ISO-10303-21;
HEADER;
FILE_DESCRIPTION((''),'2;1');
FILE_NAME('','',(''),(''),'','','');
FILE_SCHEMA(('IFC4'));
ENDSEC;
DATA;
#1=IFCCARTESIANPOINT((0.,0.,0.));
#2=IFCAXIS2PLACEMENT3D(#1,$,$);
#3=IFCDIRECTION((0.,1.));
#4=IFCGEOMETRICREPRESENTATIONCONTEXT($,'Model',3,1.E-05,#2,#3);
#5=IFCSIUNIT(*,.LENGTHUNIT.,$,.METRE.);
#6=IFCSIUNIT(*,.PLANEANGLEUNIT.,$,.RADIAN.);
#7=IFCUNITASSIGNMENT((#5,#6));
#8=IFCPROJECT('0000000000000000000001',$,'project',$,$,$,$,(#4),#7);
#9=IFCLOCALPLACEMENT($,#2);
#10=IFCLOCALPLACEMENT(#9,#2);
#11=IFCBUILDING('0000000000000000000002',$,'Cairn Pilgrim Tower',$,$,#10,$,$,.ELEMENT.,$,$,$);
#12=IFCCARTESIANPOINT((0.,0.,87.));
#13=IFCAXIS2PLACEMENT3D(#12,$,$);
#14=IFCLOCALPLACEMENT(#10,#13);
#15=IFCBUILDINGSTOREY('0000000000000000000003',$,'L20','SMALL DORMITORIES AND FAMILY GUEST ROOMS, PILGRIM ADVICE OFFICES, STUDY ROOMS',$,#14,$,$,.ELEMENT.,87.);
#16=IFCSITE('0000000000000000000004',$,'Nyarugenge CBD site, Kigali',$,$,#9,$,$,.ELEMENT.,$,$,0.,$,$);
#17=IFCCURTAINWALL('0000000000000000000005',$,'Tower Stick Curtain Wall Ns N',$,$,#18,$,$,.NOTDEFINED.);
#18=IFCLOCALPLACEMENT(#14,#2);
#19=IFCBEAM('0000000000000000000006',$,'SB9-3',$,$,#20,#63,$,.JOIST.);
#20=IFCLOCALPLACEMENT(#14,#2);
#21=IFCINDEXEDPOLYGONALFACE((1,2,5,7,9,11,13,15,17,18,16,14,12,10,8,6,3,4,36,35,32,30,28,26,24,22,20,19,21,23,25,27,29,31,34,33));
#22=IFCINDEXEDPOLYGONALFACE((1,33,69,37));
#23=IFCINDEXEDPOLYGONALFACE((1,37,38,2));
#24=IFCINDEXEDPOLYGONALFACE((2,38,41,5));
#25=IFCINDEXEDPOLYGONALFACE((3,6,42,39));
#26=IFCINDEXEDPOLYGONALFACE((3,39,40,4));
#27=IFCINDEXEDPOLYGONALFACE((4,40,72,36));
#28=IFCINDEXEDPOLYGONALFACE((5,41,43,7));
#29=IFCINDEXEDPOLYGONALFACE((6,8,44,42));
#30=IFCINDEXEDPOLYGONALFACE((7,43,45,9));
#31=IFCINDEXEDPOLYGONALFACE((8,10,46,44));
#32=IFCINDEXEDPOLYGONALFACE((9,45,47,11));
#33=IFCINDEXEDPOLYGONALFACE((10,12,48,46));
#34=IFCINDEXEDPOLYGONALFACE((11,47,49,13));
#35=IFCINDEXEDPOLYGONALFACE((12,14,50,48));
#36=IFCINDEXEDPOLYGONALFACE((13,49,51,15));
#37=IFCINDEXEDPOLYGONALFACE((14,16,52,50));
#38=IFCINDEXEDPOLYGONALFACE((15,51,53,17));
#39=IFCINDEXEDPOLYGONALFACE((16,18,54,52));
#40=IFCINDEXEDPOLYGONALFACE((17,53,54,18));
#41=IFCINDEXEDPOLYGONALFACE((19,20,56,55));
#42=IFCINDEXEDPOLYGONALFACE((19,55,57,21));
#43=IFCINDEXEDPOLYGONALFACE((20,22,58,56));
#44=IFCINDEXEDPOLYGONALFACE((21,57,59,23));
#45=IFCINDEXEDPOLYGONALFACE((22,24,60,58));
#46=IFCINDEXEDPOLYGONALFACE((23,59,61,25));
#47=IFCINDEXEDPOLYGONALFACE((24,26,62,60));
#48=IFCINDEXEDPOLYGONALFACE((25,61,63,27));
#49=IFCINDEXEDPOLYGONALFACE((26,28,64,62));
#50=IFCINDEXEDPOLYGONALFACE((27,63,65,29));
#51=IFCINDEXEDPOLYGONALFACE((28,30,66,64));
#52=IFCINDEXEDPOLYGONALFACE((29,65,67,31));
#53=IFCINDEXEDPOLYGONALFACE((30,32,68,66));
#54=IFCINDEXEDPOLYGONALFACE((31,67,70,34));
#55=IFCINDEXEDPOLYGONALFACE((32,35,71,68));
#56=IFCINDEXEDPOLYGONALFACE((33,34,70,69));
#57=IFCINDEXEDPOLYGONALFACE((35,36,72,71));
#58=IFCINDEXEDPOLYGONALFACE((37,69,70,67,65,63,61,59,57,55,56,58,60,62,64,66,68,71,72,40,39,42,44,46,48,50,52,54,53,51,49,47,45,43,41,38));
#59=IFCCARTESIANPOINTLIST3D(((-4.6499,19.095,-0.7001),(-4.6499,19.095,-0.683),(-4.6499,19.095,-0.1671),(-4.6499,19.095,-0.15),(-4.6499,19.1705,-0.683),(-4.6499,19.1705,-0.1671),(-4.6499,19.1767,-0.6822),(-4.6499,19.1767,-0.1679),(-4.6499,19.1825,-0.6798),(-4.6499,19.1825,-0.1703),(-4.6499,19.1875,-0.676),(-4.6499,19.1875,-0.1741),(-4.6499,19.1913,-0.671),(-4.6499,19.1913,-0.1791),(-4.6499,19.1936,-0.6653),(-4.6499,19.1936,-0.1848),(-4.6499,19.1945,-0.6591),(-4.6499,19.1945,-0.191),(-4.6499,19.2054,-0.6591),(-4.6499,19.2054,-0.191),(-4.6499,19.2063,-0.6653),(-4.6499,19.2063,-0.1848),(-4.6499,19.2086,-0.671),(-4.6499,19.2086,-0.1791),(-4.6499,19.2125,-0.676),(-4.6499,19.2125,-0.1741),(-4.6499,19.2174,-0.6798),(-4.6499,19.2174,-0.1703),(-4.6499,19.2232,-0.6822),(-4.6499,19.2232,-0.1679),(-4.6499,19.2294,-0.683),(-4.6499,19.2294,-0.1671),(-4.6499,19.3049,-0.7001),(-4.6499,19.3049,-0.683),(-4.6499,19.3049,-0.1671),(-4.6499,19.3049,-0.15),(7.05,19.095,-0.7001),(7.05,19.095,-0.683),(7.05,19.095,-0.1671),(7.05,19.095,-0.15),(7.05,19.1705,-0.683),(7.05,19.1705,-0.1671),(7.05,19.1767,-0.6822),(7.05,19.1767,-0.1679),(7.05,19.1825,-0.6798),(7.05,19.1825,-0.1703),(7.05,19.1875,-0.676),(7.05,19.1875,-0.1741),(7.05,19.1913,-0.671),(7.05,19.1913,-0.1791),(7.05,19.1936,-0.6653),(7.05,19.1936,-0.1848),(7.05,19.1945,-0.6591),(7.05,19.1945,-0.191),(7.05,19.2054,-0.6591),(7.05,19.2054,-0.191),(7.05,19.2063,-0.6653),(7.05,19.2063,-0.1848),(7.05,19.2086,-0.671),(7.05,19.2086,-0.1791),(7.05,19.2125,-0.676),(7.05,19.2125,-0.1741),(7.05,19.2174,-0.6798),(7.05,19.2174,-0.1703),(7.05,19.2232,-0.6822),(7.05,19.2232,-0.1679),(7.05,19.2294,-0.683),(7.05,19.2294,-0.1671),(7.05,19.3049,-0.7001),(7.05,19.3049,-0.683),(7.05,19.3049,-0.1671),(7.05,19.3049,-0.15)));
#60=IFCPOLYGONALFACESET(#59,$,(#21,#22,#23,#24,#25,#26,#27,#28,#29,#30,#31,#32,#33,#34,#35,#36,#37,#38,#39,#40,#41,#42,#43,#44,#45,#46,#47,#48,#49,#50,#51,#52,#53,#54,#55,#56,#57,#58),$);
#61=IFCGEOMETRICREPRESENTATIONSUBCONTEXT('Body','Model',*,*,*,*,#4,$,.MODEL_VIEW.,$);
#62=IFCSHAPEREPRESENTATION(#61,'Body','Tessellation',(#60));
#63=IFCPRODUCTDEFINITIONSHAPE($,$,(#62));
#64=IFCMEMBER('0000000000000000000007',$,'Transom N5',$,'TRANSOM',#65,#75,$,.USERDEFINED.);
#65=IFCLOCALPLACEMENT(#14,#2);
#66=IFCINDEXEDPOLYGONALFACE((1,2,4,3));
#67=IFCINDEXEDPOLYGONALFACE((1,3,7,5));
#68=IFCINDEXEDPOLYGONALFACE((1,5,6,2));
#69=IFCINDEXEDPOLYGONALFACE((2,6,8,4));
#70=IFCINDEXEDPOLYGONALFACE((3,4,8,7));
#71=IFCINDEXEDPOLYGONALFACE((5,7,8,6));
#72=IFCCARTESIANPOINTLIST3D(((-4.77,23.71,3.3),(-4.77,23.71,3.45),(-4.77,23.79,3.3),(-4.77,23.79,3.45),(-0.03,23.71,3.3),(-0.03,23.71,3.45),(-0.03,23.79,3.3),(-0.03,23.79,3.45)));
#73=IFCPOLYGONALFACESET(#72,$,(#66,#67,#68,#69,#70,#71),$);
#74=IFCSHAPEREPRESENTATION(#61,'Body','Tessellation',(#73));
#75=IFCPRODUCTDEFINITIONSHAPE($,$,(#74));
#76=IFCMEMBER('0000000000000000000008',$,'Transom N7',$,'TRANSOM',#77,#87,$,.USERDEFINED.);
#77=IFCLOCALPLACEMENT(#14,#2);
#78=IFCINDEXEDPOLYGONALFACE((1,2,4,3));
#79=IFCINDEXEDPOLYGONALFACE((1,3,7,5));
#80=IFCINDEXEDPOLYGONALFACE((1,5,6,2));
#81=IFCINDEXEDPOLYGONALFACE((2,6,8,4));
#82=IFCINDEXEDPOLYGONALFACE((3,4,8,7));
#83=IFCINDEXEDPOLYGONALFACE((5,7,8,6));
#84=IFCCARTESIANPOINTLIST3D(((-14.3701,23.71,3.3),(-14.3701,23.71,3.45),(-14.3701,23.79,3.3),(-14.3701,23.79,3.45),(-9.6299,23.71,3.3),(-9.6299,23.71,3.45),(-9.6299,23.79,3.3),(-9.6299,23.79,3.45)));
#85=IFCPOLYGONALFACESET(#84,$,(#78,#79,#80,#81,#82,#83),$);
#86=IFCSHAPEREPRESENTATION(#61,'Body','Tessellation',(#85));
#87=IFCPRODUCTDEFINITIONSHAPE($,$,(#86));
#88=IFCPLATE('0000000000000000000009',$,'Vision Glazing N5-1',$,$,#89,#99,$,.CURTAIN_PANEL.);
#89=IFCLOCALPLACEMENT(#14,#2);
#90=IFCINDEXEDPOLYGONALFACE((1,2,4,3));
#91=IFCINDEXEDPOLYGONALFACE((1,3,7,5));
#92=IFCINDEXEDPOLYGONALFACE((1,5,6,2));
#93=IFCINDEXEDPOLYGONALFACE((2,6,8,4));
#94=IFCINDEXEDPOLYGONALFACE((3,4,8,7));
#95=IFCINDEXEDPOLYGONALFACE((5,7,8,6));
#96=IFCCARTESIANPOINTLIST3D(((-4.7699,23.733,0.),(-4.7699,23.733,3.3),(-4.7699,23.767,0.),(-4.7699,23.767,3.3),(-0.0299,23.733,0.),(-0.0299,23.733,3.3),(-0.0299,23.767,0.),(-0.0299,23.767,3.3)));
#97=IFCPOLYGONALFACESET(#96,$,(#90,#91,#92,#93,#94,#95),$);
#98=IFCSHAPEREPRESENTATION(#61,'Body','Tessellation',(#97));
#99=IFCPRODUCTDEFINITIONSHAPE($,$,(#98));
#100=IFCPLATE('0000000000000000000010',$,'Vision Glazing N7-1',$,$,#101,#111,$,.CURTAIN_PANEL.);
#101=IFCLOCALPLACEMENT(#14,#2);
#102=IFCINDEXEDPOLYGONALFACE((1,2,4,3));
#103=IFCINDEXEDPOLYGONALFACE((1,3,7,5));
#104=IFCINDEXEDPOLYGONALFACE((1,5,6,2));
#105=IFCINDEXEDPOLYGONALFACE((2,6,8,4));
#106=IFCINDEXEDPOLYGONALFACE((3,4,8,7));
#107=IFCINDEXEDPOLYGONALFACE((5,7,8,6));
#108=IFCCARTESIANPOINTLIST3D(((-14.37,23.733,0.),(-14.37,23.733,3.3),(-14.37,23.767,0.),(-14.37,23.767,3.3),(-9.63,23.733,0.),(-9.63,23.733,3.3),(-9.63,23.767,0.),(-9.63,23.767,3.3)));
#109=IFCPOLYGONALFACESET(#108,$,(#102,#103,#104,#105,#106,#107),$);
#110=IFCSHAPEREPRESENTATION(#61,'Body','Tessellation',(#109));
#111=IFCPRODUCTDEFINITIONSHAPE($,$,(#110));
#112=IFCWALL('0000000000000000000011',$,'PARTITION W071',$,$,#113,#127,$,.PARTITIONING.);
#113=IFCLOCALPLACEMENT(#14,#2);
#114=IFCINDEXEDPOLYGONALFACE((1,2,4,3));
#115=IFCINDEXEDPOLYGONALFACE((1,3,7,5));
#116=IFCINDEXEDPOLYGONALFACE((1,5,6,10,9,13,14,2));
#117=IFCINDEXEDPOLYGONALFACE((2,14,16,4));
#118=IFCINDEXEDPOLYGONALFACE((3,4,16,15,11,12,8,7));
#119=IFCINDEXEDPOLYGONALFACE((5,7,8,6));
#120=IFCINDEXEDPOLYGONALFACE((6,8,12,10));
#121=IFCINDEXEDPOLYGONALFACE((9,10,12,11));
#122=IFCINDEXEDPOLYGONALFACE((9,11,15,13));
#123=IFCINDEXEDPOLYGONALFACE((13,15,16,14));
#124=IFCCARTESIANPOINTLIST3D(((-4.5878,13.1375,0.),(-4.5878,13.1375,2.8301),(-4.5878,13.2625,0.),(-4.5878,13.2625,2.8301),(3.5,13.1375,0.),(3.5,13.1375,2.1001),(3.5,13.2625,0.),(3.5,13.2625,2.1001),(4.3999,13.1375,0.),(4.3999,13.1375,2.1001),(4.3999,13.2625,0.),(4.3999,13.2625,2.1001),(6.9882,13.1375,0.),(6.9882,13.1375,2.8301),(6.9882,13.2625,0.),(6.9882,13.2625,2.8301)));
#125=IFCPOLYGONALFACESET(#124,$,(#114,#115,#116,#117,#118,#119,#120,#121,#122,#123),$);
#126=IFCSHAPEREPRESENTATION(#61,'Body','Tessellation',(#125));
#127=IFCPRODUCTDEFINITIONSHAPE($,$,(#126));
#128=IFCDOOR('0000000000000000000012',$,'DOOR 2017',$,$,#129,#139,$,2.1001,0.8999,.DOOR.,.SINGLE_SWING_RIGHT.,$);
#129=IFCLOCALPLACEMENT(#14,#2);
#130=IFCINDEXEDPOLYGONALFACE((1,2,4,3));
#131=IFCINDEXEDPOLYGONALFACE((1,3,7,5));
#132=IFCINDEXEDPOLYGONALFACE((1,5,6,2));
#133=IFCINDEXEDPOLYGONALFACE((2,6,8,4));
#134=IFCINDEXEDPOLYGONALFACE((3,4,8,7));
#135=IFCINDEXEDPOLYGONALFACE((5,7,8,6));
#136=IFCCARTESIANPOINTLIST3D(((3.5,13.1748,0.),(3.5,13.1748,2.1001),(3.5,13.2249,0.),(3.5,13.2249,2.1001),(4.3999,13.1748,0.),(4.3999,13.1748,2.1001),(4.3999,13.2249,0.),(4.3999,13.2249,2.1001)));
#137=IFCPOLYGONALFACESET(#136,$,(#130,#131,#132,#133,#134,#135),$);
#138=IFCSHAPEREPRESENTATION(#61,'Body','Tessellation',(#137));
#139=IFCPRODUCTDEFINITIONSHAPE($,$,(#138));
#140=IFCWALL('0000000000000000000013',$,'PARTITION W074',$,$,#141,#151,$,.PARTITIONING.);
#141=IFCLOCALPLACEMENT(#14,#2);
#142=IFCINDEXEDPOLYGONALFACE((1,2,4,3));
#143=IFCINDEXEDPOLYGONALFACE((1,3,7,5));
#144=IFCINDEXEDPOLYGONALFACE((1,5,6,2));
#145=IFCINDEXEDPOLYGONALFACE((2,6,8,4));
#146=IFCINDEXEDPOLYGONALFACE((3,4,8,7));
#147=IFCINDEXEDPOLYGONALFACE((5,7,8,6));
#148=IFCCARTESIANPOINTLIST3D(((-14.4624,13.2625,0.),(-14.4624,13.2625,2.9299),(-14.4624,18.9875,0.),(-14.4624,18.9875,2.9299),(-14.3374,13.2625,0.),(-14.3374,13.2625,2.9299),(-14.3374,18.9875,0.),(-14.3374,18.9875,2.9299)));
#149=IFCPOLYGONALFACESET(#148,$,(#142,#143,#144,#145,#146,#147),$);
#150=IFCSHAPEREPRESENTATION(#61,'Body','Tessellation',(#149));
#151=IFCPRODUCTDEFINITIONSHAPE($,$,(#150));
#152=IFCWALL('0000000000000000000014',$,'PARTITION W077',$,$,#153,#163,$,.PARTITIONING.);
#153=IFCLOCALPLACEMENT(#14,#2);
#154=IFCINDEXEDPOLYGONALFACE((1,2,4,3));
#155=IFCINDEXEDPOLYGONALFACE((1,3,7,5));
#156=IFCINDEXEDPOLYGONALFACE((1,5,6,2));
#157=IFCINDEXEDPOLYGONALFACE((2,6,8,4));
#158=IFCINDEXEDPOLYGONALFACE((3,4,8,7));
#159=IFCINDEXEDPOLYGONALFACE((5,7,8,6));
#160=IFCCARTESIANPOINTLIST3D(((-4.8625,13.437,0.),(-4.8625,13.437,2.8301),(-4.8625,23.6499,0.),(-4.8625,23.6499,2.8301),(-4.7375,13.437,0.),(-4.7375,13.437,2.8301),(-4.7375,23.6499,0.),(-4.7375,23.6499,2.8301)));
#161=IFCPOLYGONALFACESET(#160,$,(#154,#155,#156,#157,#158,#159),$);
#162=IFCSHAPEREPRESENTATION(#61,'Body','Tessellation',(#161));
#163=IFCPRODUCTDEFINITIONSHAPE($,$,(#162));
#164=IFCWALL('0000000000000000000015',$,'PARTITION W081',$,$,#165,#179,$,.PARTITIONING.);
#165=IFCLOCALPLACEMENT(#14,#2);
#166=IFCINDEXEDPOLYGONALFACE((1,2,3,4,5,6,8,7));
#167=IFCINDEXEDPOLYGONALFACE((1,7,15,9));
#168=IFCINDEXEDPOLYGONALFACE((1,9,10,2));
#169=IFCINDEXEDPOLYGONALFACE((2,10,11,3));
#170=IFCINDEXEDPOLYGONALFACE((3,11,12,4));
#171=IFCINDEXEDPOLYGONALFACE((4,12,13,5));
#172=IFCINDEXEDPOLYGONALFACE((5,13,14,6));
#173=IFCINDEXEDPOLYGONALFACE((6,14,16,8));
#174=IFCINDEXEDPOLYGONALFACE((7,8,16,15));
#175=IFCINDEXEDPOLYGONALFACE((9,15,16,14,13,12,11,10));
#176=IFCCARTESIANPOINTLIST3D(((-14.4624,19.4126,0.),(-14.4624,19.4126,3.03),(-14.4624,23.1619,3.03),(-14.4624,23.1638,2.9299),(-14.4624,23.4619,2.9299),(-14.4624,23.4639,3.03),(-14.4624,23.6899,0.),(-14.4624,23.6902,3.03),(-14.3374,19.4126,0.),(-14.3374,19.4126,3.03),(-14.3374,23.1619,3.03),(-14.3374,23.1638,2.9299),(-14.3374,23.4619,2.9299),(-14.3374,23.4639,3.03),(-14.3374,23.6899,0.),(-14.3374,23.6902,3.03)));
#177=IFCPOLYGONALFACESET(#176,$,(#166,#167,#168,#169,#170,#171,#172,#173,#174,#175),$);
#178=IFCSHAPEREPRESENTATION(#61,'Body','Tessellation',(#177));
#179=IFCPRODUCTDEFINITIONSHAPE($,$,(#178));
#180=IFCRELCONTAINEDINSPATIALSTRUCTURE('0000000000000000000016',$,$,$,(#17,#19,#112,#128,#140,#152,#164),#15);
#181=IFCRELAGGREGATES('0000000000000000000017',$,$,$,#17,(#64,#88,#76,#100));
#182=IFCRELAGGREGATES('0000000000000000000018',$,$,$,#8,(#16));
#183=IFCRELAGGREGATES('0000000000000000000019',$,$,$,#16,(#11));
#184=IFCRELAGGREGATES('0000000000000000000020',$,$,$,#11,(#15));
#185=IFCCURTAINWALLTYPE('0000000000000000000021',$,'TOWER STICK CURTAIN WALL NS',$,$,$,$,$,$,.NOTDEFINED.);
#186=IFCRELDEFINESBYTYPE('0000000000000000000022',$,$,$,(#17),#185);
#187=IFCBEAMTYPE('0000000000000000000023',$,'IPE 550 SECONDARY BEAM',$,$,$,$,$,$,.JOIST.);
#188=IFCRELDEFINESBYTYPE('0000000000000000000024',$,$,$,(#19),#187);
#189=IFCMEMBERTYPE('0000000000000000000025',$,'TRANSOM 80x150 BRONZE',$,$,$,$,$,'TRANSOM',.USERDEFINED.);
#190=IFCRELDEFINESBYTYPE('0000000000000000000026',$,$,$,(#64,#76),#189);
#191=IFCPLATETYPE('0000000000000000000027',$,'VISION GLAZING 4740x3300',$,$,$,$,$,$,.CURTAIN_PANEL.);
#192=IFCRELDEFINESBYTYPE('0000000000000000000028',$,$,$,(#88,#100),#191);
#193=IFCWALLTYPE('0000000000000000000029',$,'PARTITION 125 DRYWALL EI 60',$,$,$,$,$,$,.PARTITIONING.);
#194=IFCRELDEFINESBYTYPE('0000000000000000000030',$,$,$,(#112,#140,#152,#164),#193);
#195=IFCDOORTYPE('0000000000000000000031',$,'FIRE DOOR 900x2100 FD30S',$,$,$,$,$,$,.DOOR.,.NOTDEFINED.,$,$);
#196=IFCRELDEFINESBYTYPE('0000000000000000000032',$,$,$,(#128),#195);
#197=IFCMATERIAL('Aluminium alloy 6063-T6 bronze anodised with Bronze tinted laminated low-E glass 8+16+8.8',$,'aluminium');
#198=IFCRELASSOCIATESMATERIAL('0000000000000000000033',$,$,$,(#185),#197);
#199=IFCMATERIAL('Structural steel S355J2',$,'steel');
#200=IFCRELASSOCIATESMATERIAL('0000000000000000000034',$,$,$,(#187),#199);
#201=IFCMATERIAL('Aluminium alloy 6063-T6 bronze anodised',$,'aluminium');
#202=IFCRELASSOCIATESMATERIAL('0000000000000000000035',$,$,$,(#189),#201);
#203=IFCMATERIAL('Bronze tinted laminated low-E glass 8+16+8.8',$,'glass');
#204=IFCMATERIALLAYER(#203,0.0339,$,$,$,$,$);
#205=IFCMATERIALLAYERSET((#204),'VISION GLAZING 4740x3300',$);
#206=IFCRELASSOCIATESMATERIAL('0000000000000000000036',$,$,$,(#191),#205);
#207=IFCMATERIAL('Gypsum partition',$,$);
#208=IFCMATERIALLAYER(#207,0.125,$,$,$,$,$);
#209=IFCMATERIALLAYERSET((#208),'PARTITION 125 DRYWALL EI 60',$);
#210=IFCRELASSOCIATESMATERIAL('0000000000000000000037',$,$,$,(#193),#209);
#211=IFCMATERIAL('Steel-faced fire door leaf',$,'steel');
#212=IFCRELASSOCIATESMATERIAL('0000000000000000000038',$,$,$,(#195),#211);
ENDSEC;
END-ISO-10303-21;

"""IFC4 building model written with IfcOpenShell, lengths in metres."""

from ifc_helpers import new_model, si_unit, direction, frame, frame_2d, origin, origin_2d, place, context, subcontext, project, spatial, polyline, rectangle, i_section, outline, extrude, material, layer, layer_set, material_profile, profile_set, type_object, element, fill, aggregate, save


model = new_model("IFC4")

# Units and contexts
model_context = context("Model", 3, precision=1e-05, world=origin(), true_north=direction((0.0, 1.0)))
body_context = subcontext(model_context, "Body", "Model", "MODEL_VIEW")
ifc_project = project(units=[si_unit("LENGTHUNIT", "METRE"), si_unit("PLANEANGLEUNIT", "RADIAN")], contexts=[model_context])

# Site, building, storey
site_placement = place(None, origin())
site = spatial("IfcSite", under=ifc_project, at=site_placement, Name="Nyarugenge CBD site, Kigali", CompositionType="ELEMENT", RefElevation=0.0)
building_placement = place(site_placement, origin())
building = spatial("IfcBuilding", under=site, at=building_placement, Name="Cairn Pilgrim Tower", CompositionType="ELEMENT")
storey_placement = place(building_placement, frame((0.0, 0.0, 87.0)))
storey = spatial("IfcBuildingStorey", under=building, at=storey_placement, Name="L20", Description="SMALL DORMITORIES AND FAMILY GUEST ROOMS, PILGRIM ADVICE OFFICES, STUDY ROOMS", CompositionType="ELEMENT", Elevation=87.0)

# Curtain wall
ifc_material_1 = material(Name="Aluminium alloy 6063-T6 bronze anodised with Bronze tinted laminated low-E glass 8+16+8.8", Category="aluminium")
curtain_wall_type = type_object("IfcCurtainWallType", Name="TOWER STICK CURTAIN WALL NS", PredefinedType="NOTDEFINED", material=ifc_material_1)
curtain_wall_placement = place(storey_placement, origin())
curtain_wall = element("IfcCurtainWall", 1, at=curtain_wall_placement, inside=storey, type_object=curtain_wall_type, Name="Tower Stick Curtain Wall Ns N", PredefinedType="NOTDEFINED")
ifc_material_2 = material(Name="Aluminium alloy 6063-T6 bronze anodised", Category="aluminium")

# Beam
ifc_material_3 = material(Name="Structural steel S355J2", Category="steel")
ifc_material_profile_1 = material_profile(ifc_material_3, i_section(OverallWidth=0.21, OverallDepth=0.55, WebThickness=0.011, FlangeThickness=0.0171, FilletRadius=0.0239, at=origin_2d()), Name="IPE 550")
ifc_profile_set_1 = profile_set([ifc_material_profile_1], Name="Structural steel S355J2")
beam_type_1 = type_object("IfcBeamType", Name="IPE 550 SECONDARY BEAM", PredefinedType="JOIST", material=ifc_profile_set_1)
beam_1_placement = place(storey_placement, frame((-4.6499, 19.2, -0.425), z_axis=(1.0, 0.0, 0.0), x_axis=(0.0, 1.0, 0.0)))
element("IfcBeam", 2, at=beam_1_placement, inside=storey, type_object=beam_type_1, Name="SB9-3", PredefinedType="JOIST", context=body_context, shape_type="SweptSolid", body=[
    extrude(i_section(OverallWidth=0.21, OverallDepth=0.55, WebThickness=0.011, FlangeThickness=0.0171, FilletRadius=0.0239, at=origin_2d()), origin(), (0.0, 0.0, 1.0), 11.7),
])

# Members
ifc_material_profile_2 = material_profile(ifc_material_2, rectangle(XDim=0.0801, YDim=0.1499, at=origin_2d()), Name="TRANSOM 80x150 BRONZE")
ifc_profile_set_2 = profile_set([ifc_material_profile_2], Name="Aluminium alloy 6063-T6 bronze anodised")
member_type_1 = type_object("IfcMemberType", Name="TRANSOM 80x150 BRONZE", ElementType="TRANSOM", PredefinedType="USERDEFINED", material=ifc_profile_set_2)
member_1_placement = place(storey_placement, frame((-0.03, 23.75, 3.375), z_axis=(-1.0, 0.0, 0.0), x_axis=(0.0, -1.0, 0.0)))
member_1 = element("IfcMember", 3, at=member_1_placement, type_object=member_type_1, Name="Transom N5", ObjectType="TRANSOM", PredefinedType="USERDEFINED", context=body_context, shape_type="SweptSolid", body=[
    extrude(rectangle(XDim=0.0801, YDim=0.1499, at=origin_2d()), origin(), (0.0, 0.0, 1.0), 4.74),
])
member_2_placement = place(storey_placement, frame((-9.6299, 23.75, 3.375), z_axis=(-1.0, 0.0, 0.0), x_axis=(0.0, -1.0, 0.0)))
member_2 = element("IfcMember", 4, at=member_2_placement, type_object=member_type_1, Name="Transom N7", ObjectType="TRANSOM", PredefinedType="USERDEFINED", context=body_context, shape_type="SweptSolid", body=[
    extrude(rectangle(XDim=0.0801, YDim=0.1499, at=origin_2d()), origin(), (0.0, 0.0, 1.0), 4.7402),
])

# Plates
ifc_material_4 = material(Name="Bronze tinted laminated low-E glass 8+16+8.8", Category="glass")
ifc_layer_1 = layer(ifc_material_4, 0.0339)
ifc_layer_set_1 = layer_set([ifc_layer_1], Name="VISION GLAZING 4740x3300")
plate_type = type_object("IfcPlateType", Name="VISION GLAZING 4740x3300", PredefinedType="CURTAIN_PANEL", material=ifc_layer_set_1)
plate_1_placement = place(storey_placement, frame((-2.3999, 23.75, 0.0), z_axis=(0.0, 0.0, 1.0), x_axis=(-1.0, 0.0, 0.0)))
plate_1 = element("IfcPlate", 5, at=plate_1_placement, type_object=plate_type, Name="Vision Glazing N5-1", PredefinedType="CURTAIN_PANEL", context=body_context, shape_type="SweptSolid", body=[
    extrude(rectangle(XDim=4.74, YDim=0.0339, at=origin_2d()), origin(), (0.0, 0.0, 1.0), 3.3),
])
plate_2_placement = place(storey_placement, frame((-12.0, 23.75, 0.0), z_axis=(0.0, 0.0, 1.0), x_axis=(-1.0, 0.0, 0.0)))
plate_2 = element("IfcPlate", 6, at=plate_2_placement, type_object=plate_type, Name="Vision Glazing N7-1", PredefinedType="CURTAIN_PANEL", context=body_context, shape_type="SweptSolid", body=[
    extrude(rectangle(XDim=4.74, YDim=0.0339, at=origin_2d()), origin(), (0.0, 0.0, 1.0), 3.3),
])
aggregate(curtain_wall, [member_1, plate_1, member_2, plate_2])

# Wall, opening, door
ifc_material_5 = material(Name="Gypsum partition")
ifc_layer_2 = layer(ifc_material_5, 0.125)
ifc_layer_set_2 = layer_set([ifc_layer_2], Name="PARTITION 125 DRYWALL EI 60")
wall_type_1 = type_object("IfcWallType", Name="PARTITION 125 DRYWALL EI 60", PredefinedType="PARTITIONING", material=ifc_layer_set_2)
wall_1_placement = place(storey_placement, frame((-4.5879, 13.2, 0.0), z_axis=(0.0, 0.0, 1.0), x_axis=(1.0, 0.0, 0.0)))
wall_1 = element("IfcWall", 7, at=wall_1_placement, inside=storey, type_object=wall_type_1, Name="PARTITION W071", PredefinedType="PARTITIONING", context=body_context, shape_type="SweptSolid", body=[
    extrude(rectangle(XDim=11.5759, YDim=0.125, at=frame_2d((5.7881, 0.0))), origin(), (0.0, 0.0, 1.0), 2.8301),
])
opening_1_placement = place(wall_1_placement, frame((8.0879, 0.0, 0.0)))
opening_1 = element("IfcOpeningElement", 8, at=opening_1_placement, cuts=wall_1, PredefinedType="OPENING", context=body_context, shape_type="SweptSolid", body=[
    extrude(rectangle(XDim=0.8999, YDim=2.1001, at=frame_2d((0.45, 1.05))), frame((0.0, 0.0725, 0.0), z_axis=(0.0, -1.0, 0.0), x_axis=(1.0, 0.0, 0.0)), (0.0, 0.0, 1.0), 0.145),
])
ifc_material_6 = material(Name="Steel-faced fire door leaf", Category="steel")
door_type_1 = type_object("IfcDoorType", Name="FIRE DOOR 900x2100 FD30S", OperationType="NOTDEFINED", PredefinedType="DOOR", material=ifc_material_6)
door_1_placement = place(opening_1_placement, origin())
door_1 = element("IfcDoor", 9, at=door_1_placement, inside=storey, type_object=door_type_1, Name="DOOR 2017", OperationType="SINGLE_SWING_RIGHT", OverallHeight=2.1001, OverallWidth=0.8999, PredefinedType="DOOR", context=body_context, shape_type="SweptSolid", body=[
    extrude(rectangle(XDim=0.8999, YDim=2.1001, at=frame_2d((0.45, 1.05))), frame((0.0, 0.0249, 0.0), z_axis=(0.0, -1.0, 0.0), x_axis=(1.0, 0.0, 0.0)), (0.0, 0.0, 1.0), 0.05),
])
fill(opening_1, door_1)

# Walls
wall_2_placement = place(storey_placement, frame((-14.3999, 13.2625, 0.0), z_axis=(0.0, 0.0, 1.0), x_axis=(0.0, 1.0, 0.0)))
element("IfcWall", 10, at=wall_2_placement, inside=storey, type_object=wall_type_1, Name="PARTITION W074", PredefinedType="PARTITIONING", context=body_context, shape_type="SweptSolid", body=[
    extrude(rectangle(XDim=5.7251, YDim=0.125, at=frame_2d((2.8625, 0.0))), origin(), (0.0, 0.0, 1.0), 2.9299),
])
wall_3_placement = place(storey_placement, frame((-4.8, 13.437, 0.0), z_axis=(0.0, 0.0, 1.0), x_axis=(0.0, 1.0, 0.0)))
element("IfcWall", 11, at=wall_3_placement, inside=storey, type_object=wall_type_1, Name="PARTITION W077", PredefinedType="PARTITIONING", context=body_context, shape_type="SweptSolid", body=[
    extrude(rectangle(XDim=10.2129, YDim=0.125, at=frame_2d((5.1064, 0.0))), origin(), (0.0, 0.0, 1.0), 2.8301),
])
wall_4_placement = place(storey_placement, frame((-14.3999, 19.4126, 0.0), z_axis=(0.0, 0.0, 1.0), x_axis=(0.0, 1.0, 0.0)))
element("IfcWall", 12, at=wall_4_placement, inside=storey, type_object=wall_type_1, Name="PARTITION W081", PredefinedType="PARTITIONING", context=body_context, shape_type="SweptSolid", body=[
    extrude(outline(polyline([(0.0, 0.0), (4.2773, 0.0), (4.2776, 3.03), (4.0513, 3.03), (4.0493, 2.9299), (3.7512, 2.9299), (3.7493, 3.03), (0.0, 3.03), (0.0, 0.0)])), frame((0.0, 0.0625, 0.0), z_axis=(0.0, -1.0, 0.0), x_axis=(1.0, 0.0, 0.0)), (0.0, 0.0, 1.0), 0.125),
])

save(model, "model.ifc")
